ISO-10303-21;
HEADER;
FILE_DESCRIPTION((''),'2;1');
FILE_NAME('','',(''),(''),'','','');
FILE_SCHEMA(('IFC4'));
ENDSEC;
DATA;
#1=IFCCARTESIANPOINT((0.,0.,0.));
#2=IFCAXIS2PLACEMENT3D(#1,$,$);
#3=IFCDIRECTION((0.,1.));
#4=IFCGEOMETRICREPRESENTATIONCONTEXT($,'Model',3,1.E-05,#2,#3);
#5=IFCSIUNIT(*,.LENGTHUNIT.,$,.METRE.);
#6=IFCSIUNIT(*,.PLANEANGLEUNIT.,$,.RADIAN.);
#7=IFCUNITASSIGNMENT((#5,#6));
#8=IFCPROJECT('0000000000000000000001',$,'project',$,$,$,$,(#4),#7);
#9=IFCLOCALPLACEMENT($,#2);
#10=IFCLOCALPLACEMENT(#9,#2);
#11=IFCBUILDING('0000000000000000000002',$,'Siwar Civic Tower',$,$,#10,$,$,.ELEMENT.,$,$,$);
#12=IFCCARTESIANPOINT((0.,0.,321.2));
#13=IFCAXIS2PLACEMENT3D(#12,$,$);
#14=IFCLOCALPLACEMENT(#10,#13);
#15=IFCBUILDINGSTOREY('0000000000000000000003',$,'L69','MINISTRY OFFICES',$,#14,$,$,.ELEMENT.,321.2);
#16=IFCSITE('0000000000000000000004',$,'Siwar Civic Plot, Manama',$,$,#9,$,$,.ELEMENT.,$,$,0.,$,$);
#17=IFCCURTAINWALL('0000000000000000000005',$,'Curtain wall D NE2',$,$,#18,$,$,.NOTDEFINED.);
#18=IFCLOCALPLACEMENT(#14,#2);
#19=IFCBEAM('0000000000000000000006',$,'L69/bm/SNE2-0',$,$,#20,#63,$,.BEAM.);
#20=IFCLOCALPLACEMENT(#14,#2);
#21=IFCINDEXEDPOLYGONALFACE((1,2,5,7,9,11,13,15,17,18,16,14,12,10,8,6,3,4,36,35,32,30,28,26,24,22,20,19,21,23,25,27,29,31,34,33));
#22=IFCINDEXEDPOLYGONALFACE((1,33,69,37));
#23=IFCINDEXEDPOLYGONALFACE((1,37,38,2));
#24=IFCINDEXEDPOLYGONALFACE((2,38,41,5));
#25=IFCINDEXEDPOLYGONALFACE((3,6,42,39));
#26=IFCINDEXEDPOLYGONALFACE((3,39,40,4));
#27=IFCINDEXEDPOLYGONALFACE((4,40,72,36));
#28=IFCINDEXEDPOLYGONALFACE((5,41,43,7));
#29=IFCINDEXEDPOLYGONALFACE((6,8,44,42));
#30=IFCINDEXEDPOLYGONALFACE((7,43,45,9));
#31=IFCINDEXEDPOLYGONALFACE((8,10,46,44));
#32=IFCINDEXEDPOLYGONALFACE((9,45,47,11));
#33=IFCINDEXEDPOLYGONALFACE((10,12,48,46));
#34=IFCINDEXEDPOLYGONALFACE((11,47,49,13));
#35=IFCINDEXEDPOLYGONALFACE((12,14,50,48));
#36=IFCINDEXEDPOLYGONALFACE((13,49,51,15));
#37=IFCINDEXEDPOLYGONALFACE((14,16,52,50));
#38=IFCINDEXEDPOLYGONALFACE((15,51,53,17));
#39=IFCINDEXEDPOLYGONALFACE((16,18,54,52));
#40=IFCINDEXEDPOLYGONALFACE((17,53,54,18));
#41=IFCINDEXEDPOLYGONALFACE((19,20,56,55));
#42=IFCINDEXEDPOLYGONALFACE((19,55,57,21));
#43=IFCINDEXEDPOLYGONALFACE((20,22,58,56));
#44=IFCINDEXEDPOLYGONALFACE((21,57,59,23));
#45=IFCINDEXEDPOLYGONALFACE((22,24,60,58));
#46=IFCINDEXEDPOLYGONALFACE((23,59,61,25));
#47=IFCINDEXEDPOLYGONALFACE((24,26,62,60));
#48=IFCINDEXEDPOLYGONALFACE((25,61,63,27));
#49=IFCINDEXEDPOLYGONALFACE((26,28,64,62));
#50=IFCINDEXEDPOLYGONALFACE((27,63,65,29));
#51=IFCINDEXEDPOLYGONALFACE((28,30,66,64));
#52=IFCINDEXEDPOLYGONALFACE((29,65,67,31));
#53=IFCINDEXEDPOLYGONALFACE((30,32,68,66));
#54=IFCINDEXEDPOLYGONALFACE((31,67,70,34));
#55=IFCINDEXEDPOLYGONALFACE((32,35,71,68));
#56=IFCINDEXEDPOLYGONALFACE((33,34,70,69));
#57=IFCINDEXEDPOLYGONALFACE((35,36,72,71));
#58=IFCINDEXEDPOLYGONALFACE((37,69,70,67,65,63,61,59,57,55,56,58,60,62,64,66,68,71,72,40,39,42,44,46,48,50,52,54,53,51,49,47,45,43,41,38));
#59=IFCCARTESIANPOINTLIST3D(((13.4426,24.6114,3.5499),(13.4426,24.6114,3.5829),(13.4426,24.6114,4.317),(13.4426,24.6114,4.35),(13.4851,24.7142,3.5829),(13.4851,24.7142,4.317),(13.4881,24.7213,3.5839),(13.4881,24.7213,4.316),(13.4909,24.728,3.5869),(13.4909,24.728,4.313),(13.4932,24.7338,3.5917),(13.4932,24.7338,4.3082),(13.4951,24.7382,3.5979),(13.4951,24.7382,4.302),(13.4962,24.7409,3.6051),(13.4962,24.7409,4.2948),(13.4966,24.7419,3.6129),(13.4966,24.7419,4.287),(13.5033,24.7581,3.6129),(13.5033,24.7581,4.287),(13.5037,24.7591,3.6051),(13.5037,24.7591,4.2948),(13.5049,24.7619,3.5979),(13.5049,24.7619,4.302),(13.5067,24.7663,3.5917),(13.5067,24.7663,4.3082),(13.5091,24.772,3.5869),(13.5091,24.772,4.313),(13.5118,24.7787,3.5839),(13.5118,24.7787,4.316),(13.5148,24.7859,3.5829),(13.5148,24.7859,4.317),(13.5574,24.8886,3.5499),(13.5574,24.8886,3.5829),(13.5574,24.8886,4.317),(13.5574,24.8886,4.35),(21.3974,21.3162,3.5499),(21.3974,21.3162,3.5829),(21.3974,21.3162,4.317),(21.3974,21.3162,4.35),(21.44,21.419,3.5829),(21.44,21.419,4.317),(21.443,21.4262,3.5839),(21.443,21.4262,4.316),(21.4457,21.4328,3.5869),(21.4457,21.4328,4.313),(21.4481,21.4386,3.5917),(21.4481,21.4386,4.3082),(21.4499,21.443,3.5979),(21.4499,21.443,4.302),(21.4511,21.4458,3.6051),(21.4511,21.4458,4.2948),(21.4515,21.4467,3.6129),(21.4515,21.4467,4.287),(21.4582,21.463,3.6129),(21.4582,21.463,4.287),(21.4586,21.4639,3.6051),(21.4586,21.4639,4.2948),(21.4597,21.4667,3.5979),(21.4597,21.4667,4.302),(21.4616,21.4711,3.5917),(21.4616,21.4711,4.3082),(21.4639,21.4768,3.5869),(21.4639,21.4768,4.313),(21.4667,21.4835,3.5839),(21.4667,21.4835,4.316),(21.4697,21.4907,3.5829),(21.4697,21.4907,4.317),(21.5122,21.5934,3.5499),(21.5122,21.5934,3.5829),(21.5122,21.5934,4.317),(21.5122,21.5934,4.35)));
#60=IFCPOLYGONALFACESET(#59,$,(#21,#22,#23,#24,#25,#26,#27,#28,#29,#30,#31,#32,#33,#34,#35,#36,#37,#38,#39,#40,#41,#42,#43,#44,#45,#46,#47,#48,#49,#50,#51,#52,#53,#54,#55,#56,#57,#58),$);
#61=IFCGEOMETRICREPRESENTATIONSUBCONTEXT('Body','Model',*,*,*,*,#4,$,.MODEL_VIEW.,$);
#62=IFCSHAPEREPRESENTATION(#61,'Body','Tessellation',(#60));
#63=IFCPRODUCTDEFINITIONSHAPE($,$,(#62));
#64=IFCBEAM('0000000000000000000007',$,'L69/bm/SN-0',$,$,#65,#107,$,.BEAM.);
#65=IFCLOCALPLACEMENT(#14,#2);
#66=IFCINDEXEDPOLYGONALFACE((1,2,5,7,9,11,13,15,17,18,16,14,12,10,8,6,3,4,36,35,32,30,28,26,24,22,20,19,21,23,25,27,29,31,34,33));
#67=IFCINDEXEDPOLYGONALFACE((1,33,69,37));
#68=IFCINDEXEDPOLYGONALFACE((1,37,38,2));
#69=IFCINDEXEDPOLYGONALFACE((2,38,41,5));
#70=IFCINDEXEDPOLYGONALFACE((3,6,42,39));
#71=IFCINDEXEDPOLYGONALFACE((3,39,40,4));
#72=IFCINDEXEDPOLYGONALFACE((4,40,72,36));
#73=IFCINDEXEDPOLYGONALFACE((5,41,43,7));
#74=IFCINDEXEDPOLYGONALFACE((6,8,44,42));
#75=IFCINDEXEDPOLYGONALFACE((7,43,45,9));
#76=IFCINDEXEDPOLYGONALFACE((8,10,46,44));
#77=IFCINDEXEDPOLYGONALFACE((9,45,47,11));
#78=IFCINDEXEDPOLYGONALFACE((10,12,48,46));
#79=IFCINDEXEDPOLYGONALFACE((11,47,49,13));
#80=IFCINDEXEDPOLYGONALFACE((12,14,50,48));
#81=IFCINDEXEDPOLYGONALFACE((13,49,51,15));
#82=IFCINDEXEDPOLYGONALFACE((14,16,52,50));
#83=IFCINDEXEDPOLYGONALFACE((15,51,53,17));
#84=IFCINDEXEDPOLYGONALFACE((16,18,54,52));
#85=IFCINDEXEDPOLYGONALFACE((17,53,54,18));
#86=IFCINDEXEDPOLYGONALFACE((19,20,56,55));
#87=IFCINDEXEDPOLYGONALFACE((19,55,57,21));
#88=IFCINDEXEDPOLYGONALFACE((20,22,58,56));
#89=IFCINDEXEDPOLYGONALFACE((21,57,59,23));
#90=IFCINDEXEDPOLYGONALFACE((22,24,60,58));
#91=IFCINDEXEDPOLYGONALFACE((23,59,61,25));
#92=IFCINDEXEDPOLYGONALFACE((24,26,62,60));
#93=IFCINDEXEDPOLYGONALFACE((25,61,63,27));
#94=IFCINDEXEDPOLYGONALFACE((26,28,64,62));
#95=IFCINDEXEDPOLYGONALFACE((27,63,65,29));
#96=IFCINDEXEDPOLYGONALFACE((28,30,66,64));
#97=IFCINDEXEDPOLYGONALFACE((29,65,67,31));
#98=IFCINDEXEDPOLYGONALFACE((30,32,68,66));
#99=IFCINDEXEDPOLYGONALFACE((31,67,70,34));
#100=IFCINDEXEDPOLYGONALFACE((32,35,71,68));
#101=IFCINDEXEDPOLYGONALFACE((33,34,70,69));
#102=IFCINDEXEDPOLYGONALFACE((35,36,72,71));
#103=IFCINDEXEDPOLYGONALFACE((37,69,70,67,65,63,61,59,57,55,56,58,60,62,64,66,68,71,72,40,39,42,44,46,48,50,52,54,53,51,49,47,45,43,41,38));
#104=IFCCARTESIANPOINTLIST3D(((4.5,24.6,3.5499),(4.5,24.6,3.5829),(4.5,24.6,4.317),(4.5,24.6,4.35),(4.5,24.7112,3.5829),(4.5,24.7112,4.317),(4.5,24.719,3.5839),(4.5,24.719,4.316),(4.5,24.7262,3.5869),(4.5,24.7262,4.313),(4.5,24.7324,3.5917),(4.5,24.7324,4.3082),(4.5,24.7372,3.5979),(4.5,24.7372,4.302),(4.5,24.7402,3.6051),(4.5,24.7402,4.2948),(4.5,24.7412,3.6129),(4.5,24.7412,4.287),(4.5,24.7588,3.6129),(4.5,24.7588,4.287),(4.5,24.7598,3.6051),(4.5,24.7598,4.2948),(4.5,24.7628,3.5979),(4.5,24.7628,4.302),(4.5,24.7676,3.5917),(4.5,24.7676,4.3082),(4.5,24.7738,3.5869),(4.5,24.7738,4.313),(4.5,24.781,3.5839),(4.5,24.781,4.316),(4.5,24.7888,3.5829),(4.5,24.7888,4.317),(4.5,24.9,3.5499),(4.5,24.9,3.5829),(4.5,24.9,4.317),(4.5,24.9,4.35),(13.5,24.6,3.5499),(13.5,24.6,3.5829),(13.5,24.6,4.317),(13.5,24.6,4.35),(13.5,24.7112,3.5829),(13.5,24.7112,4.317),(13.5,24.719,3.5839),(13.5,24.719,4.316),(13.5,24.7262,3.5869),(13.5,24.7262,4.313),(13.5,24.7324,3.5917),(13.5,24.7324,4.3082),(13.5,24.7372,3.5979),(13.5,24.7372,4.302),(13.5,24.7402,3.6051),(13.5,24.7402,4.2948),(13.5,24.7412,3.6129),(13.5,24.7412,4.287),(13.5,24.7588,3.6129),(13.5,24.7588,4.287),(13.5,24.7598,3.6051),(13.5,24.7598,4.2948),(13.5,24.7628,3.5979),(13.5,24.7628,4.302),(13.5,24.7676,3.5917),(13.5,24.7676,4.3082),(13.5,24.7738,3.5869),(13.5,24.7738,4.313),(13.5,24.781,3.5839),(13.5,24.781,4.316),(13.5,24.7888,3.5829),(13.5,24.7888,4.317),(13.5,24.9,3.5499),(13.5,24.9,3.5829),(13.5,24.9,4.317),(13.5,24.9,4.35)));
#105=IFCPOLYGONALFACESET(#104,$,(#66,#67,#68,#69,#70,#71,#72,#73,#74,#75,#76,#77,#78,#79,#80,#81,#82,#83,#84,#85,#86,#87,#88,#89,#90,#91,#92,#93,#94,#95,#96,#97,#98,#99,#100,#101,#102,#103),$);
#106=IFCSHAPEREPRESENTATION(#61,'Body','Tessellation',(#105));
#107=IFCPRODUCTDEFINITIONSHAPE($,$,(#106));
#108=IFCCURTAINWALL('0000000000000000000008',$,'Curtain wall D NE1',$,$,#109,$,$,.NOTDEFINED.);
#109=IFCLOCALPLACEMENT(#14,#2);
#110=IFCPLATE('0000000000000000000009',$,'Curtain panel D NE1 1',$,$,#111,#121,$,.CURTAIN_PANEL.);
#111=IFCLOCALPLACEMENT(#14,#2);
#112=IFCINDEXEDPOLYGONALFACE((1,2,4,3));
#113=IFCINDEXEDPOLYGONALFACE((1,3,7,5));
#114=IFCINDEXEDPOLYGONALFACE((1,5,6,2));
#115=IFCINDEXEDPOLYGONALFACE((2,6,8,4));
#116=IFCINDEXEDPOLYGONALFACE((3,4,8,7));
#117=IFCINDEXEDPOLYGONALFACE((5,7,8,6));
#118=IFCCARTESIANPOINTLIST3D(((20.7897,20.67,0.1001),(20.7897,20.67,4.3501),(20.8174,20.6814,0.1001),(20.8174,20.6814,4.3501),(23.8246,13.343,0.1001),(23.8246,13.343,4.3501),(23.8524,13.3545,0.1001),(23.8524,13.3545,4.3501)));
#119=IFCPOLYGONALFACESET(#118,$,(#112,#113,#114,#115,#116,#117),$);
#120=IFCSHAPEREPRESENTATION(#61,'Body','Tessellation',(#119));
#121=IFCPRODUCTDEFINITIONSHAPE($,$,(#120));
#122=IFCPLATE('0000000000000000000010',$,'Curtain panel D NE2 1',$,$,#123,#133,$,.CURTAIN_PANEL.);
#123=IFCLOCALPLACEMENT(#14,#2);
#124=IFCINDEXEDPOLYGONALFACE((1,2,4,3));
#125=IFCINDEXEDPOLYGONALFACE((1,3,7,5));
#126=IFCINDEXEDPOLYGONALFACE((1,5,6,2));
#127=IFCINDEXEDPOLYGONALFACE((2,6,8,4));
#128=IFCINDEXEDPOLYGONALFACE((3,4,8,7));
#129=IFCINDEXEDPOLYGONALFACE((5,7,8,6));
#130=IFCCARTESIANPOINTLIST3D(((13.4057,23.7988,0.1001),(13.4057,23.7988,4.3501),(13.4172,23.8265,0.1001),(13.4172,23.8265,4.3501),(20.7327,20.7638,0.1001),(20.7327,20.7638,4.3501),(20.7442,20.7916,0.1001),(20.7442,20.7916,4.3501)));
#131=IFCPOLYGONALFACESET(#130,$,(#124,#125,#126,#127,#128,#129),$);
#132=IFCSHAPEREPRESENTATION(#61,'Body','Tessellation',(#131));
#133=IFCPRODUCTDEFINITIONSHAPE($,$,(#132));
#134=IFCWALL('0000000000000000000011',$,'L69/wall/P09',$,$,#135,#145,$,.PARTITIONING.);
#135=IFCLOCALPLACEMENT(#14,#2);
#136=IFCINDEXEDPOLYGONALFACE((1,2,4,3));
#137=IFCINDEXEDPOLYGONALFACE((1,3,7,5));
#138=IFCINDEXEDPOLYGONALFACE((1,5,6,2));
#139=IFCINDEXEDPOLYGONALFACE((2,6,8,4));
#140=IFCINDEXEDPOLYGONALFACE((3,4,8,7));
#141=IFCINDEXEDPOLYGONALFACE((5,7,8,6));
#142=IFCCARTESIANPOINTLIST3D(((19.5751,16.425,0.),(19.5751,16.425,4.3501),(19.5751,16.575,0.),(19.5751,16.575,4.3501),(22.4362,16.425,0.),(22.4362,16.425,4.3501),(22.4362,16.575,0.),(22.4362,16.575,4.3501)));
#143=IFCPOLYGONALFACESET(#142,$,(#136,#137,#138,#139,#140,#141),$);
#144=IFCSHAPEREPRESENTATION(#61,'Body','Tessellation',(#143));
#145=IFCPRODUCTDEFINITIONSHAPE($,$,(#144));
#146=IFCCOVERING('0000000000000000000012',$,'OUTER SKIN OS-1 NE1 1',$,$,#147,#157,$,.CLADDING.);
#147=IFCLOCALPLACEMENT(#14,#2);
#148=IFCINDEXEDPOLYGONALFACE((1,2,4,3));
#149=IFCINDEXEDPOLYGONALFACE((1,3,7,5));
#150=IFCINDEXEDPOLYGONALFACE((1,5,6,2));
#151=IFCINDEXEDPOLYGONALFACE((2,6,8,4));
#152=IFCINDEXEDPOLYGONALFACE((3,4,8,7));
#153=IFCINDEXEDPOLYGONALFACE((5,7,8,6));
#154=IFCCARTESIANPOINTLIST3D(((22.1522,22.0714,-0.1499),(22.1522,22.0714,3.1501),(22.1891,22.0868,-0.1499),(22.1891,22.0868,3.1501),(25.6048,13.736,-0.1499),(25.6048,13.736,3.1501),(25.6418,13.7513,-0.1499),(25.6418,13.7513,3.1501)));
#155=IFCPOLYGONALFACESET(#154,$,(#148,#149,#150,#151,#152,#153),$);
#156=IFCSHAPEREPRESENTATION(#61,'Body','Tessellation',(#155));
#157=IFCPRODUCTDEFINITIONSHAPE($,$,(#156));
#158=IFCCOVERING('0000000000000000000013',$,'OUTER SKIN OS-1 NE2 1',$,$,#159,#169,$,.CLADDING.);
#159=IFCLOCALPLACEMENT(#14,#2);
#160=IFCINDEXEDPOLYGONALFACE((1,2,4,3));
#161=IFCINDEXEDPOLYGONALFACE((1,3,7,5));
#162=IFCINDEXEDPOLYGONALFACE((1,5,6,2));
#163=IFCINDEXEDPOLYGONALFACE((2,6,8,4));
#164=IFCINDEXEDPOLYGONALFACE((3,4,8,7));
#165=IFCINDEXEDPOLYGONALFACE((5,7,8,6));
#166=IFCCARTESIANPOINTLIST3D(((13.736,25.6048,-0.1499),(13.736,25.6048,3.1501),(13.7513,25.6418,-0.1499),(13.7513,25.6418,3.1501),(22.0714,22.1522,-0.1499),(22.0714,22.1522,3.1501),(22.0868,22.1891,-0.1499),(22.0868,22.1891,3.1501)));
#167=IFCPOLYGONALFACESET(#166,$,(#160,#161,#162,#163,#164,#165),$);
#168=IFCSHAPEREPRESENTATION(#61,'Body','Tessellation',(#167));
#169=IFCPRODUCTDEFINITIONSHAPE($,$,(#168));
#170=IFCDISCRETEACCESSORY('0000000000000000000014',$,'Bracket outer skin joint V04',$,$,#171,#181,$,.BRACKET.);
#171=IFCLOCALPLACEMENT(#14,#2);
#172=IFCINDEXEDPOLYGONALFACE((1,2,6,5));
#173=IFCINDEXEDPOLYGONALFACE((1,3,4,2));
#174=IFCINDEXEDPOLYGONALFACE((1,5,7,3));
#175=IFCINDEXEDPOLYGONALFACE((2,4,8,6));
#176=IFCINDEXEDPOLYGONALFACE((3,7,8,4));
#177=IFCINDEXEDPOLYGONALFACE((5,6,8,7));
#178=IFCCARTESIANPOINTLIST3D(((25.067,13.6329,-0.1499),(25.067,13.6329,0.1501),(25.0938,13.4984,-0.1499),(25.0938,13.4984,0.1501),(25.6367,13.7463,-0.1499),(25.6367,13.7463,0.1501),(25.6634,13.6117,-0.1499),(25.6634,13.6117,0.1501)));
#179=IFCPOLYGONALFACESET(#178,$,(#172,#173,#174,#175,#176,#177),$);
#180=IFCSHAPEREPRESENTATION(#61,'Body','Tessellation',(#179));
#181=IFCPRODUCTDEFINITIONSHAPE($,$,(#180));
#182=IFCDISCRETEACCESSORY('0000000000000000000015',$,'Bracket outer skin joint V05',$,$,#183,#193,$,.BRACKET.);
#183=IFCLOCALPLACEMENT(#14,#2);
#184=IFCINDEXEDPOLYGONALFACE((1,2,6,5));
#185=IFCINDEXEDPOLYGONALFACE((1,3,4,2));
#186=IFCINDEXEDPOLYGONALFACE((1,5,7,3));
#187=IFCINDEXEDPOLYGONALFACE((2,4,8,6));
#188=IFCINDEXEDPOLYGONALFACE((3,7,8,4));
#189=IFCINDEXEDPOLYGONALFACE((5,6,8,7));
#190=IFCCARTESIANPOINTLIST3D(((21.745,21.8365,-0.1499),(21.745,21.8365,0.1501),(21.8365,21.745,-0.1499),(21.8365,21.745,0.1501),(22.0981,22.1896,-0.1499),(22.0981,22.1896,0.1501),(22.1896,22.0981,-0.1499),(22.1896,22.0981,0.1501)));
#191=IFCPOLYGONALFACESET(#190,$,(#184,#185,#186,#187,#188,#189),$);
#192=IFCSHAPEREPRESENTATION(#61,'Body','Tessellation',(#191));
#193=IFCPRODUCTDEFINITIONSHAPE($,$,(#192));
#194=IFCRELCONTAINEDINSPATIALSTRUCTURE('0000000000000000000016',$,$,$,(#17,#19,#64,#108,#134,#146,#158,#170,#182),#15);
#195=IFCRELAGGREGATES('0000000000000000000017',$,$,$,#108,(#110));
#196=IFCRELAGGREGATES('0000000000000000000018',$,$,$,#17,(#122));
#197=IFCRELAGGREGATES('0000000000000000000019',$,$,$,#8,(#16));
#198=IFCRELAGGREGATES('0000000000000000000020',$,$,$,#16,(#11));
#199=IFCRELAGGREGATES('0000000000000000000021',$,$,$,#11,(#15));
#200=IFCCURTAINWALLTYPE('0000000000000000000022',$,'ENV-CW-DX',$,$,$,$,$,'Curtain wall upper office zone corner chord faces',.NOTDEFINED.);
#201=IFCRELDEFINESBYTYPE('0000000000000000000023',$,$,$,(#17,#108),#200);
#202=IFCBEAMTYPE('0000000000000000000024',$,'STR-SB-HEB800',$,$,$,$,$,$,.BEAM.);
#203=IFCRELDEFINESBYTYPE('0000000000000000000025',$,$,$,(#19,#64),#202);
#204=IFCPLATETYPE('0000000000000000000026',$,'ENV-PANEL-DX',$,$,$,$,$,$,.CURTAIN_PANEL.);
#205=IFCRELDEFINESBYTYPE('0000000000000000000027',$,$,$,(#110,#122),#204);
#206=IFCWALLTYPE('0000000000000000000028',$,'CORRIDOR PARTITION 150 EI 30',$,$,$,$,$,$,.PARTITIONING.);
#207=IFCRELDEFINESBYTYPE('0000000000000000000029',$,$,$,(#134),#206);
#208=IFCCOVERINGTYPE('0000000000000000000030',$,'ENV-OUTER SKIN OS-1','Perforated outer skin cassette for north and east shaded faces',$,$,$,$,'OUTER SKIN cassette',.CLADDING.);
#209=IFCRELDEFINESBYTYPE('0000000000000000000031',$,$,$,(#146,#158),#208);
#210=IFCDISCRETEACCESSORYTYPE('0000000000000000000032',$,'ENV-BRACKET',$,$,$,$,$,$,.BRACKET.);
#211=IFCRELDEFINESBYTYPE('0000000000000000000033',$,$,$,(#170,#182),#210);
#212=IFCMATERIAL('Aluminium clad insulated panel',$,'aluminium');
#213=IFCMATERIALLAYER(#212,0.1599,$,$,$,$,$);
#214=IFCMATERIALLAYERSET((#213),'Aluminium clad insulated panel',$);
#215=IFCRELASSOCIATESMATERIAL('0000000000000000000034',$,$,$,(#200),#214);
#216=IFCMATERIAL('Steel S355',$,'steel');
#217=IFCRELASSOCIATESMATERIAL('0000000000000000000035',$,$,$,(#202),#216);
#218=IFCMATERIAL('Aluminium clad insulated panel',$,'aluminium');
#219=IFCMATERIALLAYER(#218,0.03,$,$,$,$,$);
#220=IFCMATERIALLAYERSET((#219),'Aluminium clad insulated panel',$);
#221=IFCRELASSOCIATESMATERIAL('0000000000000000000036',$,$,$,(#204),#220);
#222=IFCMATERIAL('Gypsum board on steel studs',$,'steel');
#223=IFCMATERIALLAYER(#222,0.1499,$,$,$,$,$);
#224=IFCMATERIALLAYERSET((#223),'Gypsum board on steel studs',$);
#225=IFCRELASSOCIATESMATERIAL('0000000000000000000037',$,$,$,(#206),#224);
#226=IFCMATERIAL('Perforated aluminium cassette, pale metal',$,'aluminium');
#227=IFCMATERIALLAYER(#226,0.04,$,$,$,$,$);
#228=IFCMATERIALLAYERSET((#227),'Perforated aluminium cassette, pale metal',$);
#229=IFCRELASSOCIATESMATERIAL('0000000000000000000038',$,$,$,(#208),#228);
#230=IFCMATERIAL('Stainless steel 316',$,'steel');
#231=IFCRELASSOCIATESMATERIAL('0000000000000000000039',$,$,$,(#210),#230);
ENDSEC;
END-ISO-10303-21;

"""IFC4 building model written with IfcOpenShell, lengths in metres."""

from ifc_helpers import new_model, si_unit, direction, frame, frame_2d, origin, origin_2d, place, context, subcontext, project, spatial, rectangle, i_section, extrude, material, layer, layer_set, material_profile, profile_set, type_object, element, aggregate, save


model = new_model("IFC4")

# Units and contexts
model_context = context("Model", 3, precision=1e-05, world=origin(), true_north=direction((0.0, 1.0)))
body_context = subcontext(model_context, "Body", "Model", "MODEL_VIEW")
ifc_project = project(units=[si_unit("LENGTHUNIT", "METRE"), si_unit("PLANEANGLEUNIT", "RADIAN")], contexts=[model_context])

# Site, building, storey
site_placement = place(None, origin())
site = spatial("IfcSite", under=ifc_project, at=site_placement, Name="Siwar Civic Plot, Manama", CompositionType="ELEMENT", RefElevation=0.0)
building_placement = place(site_placement, origin())
building = spatial("IfcBuilding", under=site, at=building_placement, Name="Siwar Civic Tower", CompositionType="ELEMENT")
storey_placement = place(building_placement, frame((0.0, 0.0, 321.2)))
storey = spatial("IfcBuildingStorey", under=building, at=storey_placement, Name="L69", Description="MINISTRY OFFICES", CompositionType="ELEMENT", Elevation=321.2)

# Curtain wall
ifc_material_1 = material(Name="Aluminium clad insulated panel", Category="aluminium")
ifc_layer_1 = layer(ifc_material_1, 0.1599)
ifc_layer_set_1 = layer_set([ifc_layer_1], Name="Aluminium clad insulated panel")
curtain_wall_type = type_object("IfcCurtainWallType", Name="ENV-CW-DX", ElementType="Curtain wall upper office zone corner chord faces", PredefinedType="NOTDEFINED", material=ifc_layer_set_1)
curtain_wall_1_placement = place(storey_placement, origin())
curtain_wall_1 = element("IfcCurtainWall", 1, at=curtain_wall_1_placement, inside=storey, type_object=curtain_wall_type, Name="Curtain wall D NE2", PredefinedType="NOTDEFINED")

# Beams
ifc_material_2 = material(Name="Steel S355", Category="steel")
ifc_material_profile_1 = material_profile(ifc_material_2, i_section(OverallWidth=0.3, OverallDepth=0.8, WebThickness=0.0176, FlangeThickness=0.033, FilletRadius=0.03, at=origin_2d()), Name="HEB800")
ifc_profile_set_1 = profile_set([ifc_material_profile_1], Name="Steel S355")
beam_type_1 = type_object("IfcBeamType", Name="STR-SB-HEB800", PredefinedType="BEAM", material=ifc_profile_set_1)
beam_1_placement = place(storey_placement, frame((21.4548, 21.4548, 3.95), z_axis=(-0.923873, 0.3827, 0.0), x_axis=(-0.3827, -0.923873, 0.0)))
element("IfcBeam", 2, at=beam_1_placement, inside=storey, type_object=beam_type_1, Name="L69/bm/SNE2-0", PredefinedType="BEAM", context=body_context, shape_type="SweptSolid", body=[
    extrude(i_section(OverallWidth=0.3, OverallDepth=0.8, WebThickness=0.0176, FlangeThickness=0.033, FilletRadius=0.03, at=origin_2d()), origin(), (0.0, 0.0, 1.0), 8.6104),
])
beam_2_placement = place(storey_placement, frame((13.5, 24.75, 3.95), z_axis=(-1.0, 0.0, 0.0), x_axis=(0.0, -1.0, 0.0)))
element("IfcBeam", 3, at=beam_2_placement, inside=storey, type_object=beam_type_1, Name="L69/bm/SN-0", PredefinedType="BEAM", context=body_context, shape_type="SweptSolid", body=[
    extrude(i_section(OverallWidth=0.3, OverallDepth=0.8, WebThickness=0.0176, FlangeThickness=0.033, FilletRadius=0.03, at=origin_2d()), origin(), (0.0, 0.0, 1.0), 9.0),
])

# Curtain wall, plate
curtain_wall_2_placement = place(storey_placement, origin())
curtain_wall_2 = element("IfcCurtainWall", 4, at=curtain_wall_2_placement, inside=storey, type_object=curtain_wall_type, Name="Curtain wall D NE1", PredefinedType="NOTDEFINED")
ifc_material_3 = material(Name="Aluminium clad insulated panel", Category="aluminium")
ifc_layer_2 = layer(ifc_material_3, 0.03)
ifc_layer_set_2 = layer_set([ifc_layer_2], Name="Aluminium clad insulated panel")
plate_type = type_object("IfcPlateType", Name="ENV-PANEL-DX", PredefinedType="CURTAIN_PANEL", material=ifc_layer_set_2)
plate_1_placement = place(storey_placement, frame((22.321, 17.0122, 0.1001), z_axis=(0.0, 0.0, 1.0), x_axis=(-0.382683, 0.92388, 0.0)))
plate_1 = element("IfcPlate", 5, at=plate_1_placement, type_object=plate_type, Name="Curtain panel D NE1 1", PredefinedType="CURTAIN_PANEL", context=body_context, shape_type="SweptSolid", body=[
    extrude(rectangle(XDim=7.9307, YDim=0.03, at=origin_2d()), origin(), (0.0, 0.0, 1.0), 4.25),
])
aggregate(curtain_wall_2, [plate_1])

# Plate
plate_2_placement = place(storey_placement, frame((17.075, 22.2952, 0.1001), z_axis=(0.0, 0.0, 1.0), x_axis=(-0.92388, 0.382683, 0.0)))
plate_2 = element("IfcPlate", 6, at=plate_2_placement, type_object=plate_type, Name="Curtain panel D NE2 1", PredefinedType="CURTAIN_PANEL", context=body_context, shape_type="SweptSolid", body=[
    extrude(rectangle(XDim=7.9307, YDim=0.03, at=origin_2d()), origin(), (0.0, 0.0, 1.0), 4.25),
])
aggregate(curtain_wall_1, [plate_2])

# Wall
ifc_material_4 = material(Name="Gypsum board on steel studs", Category="steel")
ifc_layer_3 = layer(ifc_material_4, 0.1499)
ifc_layer_set_3 = layer_set([ifc_layer_3], Name="Gypsum board on steel studs")
wall_type = type_object("IfcWallType", Name="CORRIDOR PARTITION 150 EI 30", PredefinedType="PARTITIONING", material=ifc_layer_set_3)
wall_placement = place(storey_placement, frame((19.575, 16.5, 0.0), z_axis=(0.0, 0.0, 1.0), x_axis=(1.0, 0.0, 0.0)))
element("IfcWall", 7, at=wall_placement, inside=storey, type_object=wall_type, Name="L69/wall/P09", PredefinedType="PARTITIONING", context=body_context, shape_type="SweptSolid", body=[
    extrude(rectangle(XDim=2.8611, YDim=0.1499, at=frame_2d((1.4307, 0.0))), origin(), (0.0, 0.0, 1.0), 4.3501),
])

# Coverings
ifc_material_5 = material(Name="Perforated aluminium cassette, pale metal", Category="aluminium")
ifc_layer_4 = layer(ifc_material_5, 0.04)
ifc_layer_set_4 = layer_set([ifc_layer_4], Name="Perforated aluminium cassette, pale metal")
covering_type = type_object("IfcCoveringType", Name="ENV-OUTER SKIN OS-1", Description="Perforated outer skin cassette for north and east shaded faces", ElementType="OUTER SKIN cassette", PredefinedType="CLADDING", material=ifc_layer_set_4)
for number, where, z_axis, x_axis, name in (
    (8, (23.897, 17.9114, -0.1499), (0.0, 0.0, 1.0), (-0.382683, 0.92388, 0.0), "OUTER SKIN OS-1 NE1 1"),
    (9, (17.9114, 23.897, -0.1499), (0.0, 0.0, 1.0), (-0.92388, 0.382683, 0.0), "OUTER SKIN OS-1 NE2 1"),
):
    element("IfcCovering", number, at=place(storey_placement, frame(where, z_axis=z_axis, x_axis=x_axis)), inside=storey, type_object=covering_type, Name=name, PredefinedType="CLADDING", context=body_context, shape_type="SweptSolid", body=[
        extrude(rectangle(XDim=9.0222, YDim=0.04, at=origin_2d()), origin(), (0.0, 0.0, 1.0), 3.3),
    ])

# Discrete accessories
ifc_material_6 = material(Name="Stainless steel 316", Category="steel")
discrete_accessory_type = type_object("IfcDiscreteAccessoryType", Name="ENV-BRACKET", PredefinedType="BRACKET", material=ifc_material_6)
discrete_accessory_1_placement = place(storey_placement, frame((25.3652, 13.6223, -0.1499), z_axis=(0.0, 0.0, 1.0), x_axis=(0.980785, 0.19509, 0.0)))
element("IfcDiscreteAccessory", 10, at=discrete_accessory_1_placement, inside=storey, type_object=discrete_accessory_type, Name="Bracket outer skin joint V04", PredefinedType="BRACKET", context=body_context, shape_type="SweptSolid", body=[
    extrude(rectangle(XDim=0.5808, YDim=0.1372, at=origin_2d()), origin(), (0.0, 0.0, 1.0), 0.3),
])
discrete_accessory_2_placement = place(storey_placement, frame((21.9673, 21.9673, -0.1499), z_axis=(0.0, 0.0, 1.0), x_axis=(0.707107, 0.707107, 0.0)))
element("IfcDiscreteAccessory", 11, at=discrete_accessory_2_placement, inside=storey, type_object=discrete_accessory_type, Name="Bracket outer skin joint V05", PredefinedType="BRACKET", context=body_context, shape_type="SweptSolid", body=[
    extrude(rectangle(XDim=0.4993, YDim=0.1294, at=origin_2d()), origin(), (0.0, 0.0, 1.0), 0.3),
])

save(model, "model.ifc")
